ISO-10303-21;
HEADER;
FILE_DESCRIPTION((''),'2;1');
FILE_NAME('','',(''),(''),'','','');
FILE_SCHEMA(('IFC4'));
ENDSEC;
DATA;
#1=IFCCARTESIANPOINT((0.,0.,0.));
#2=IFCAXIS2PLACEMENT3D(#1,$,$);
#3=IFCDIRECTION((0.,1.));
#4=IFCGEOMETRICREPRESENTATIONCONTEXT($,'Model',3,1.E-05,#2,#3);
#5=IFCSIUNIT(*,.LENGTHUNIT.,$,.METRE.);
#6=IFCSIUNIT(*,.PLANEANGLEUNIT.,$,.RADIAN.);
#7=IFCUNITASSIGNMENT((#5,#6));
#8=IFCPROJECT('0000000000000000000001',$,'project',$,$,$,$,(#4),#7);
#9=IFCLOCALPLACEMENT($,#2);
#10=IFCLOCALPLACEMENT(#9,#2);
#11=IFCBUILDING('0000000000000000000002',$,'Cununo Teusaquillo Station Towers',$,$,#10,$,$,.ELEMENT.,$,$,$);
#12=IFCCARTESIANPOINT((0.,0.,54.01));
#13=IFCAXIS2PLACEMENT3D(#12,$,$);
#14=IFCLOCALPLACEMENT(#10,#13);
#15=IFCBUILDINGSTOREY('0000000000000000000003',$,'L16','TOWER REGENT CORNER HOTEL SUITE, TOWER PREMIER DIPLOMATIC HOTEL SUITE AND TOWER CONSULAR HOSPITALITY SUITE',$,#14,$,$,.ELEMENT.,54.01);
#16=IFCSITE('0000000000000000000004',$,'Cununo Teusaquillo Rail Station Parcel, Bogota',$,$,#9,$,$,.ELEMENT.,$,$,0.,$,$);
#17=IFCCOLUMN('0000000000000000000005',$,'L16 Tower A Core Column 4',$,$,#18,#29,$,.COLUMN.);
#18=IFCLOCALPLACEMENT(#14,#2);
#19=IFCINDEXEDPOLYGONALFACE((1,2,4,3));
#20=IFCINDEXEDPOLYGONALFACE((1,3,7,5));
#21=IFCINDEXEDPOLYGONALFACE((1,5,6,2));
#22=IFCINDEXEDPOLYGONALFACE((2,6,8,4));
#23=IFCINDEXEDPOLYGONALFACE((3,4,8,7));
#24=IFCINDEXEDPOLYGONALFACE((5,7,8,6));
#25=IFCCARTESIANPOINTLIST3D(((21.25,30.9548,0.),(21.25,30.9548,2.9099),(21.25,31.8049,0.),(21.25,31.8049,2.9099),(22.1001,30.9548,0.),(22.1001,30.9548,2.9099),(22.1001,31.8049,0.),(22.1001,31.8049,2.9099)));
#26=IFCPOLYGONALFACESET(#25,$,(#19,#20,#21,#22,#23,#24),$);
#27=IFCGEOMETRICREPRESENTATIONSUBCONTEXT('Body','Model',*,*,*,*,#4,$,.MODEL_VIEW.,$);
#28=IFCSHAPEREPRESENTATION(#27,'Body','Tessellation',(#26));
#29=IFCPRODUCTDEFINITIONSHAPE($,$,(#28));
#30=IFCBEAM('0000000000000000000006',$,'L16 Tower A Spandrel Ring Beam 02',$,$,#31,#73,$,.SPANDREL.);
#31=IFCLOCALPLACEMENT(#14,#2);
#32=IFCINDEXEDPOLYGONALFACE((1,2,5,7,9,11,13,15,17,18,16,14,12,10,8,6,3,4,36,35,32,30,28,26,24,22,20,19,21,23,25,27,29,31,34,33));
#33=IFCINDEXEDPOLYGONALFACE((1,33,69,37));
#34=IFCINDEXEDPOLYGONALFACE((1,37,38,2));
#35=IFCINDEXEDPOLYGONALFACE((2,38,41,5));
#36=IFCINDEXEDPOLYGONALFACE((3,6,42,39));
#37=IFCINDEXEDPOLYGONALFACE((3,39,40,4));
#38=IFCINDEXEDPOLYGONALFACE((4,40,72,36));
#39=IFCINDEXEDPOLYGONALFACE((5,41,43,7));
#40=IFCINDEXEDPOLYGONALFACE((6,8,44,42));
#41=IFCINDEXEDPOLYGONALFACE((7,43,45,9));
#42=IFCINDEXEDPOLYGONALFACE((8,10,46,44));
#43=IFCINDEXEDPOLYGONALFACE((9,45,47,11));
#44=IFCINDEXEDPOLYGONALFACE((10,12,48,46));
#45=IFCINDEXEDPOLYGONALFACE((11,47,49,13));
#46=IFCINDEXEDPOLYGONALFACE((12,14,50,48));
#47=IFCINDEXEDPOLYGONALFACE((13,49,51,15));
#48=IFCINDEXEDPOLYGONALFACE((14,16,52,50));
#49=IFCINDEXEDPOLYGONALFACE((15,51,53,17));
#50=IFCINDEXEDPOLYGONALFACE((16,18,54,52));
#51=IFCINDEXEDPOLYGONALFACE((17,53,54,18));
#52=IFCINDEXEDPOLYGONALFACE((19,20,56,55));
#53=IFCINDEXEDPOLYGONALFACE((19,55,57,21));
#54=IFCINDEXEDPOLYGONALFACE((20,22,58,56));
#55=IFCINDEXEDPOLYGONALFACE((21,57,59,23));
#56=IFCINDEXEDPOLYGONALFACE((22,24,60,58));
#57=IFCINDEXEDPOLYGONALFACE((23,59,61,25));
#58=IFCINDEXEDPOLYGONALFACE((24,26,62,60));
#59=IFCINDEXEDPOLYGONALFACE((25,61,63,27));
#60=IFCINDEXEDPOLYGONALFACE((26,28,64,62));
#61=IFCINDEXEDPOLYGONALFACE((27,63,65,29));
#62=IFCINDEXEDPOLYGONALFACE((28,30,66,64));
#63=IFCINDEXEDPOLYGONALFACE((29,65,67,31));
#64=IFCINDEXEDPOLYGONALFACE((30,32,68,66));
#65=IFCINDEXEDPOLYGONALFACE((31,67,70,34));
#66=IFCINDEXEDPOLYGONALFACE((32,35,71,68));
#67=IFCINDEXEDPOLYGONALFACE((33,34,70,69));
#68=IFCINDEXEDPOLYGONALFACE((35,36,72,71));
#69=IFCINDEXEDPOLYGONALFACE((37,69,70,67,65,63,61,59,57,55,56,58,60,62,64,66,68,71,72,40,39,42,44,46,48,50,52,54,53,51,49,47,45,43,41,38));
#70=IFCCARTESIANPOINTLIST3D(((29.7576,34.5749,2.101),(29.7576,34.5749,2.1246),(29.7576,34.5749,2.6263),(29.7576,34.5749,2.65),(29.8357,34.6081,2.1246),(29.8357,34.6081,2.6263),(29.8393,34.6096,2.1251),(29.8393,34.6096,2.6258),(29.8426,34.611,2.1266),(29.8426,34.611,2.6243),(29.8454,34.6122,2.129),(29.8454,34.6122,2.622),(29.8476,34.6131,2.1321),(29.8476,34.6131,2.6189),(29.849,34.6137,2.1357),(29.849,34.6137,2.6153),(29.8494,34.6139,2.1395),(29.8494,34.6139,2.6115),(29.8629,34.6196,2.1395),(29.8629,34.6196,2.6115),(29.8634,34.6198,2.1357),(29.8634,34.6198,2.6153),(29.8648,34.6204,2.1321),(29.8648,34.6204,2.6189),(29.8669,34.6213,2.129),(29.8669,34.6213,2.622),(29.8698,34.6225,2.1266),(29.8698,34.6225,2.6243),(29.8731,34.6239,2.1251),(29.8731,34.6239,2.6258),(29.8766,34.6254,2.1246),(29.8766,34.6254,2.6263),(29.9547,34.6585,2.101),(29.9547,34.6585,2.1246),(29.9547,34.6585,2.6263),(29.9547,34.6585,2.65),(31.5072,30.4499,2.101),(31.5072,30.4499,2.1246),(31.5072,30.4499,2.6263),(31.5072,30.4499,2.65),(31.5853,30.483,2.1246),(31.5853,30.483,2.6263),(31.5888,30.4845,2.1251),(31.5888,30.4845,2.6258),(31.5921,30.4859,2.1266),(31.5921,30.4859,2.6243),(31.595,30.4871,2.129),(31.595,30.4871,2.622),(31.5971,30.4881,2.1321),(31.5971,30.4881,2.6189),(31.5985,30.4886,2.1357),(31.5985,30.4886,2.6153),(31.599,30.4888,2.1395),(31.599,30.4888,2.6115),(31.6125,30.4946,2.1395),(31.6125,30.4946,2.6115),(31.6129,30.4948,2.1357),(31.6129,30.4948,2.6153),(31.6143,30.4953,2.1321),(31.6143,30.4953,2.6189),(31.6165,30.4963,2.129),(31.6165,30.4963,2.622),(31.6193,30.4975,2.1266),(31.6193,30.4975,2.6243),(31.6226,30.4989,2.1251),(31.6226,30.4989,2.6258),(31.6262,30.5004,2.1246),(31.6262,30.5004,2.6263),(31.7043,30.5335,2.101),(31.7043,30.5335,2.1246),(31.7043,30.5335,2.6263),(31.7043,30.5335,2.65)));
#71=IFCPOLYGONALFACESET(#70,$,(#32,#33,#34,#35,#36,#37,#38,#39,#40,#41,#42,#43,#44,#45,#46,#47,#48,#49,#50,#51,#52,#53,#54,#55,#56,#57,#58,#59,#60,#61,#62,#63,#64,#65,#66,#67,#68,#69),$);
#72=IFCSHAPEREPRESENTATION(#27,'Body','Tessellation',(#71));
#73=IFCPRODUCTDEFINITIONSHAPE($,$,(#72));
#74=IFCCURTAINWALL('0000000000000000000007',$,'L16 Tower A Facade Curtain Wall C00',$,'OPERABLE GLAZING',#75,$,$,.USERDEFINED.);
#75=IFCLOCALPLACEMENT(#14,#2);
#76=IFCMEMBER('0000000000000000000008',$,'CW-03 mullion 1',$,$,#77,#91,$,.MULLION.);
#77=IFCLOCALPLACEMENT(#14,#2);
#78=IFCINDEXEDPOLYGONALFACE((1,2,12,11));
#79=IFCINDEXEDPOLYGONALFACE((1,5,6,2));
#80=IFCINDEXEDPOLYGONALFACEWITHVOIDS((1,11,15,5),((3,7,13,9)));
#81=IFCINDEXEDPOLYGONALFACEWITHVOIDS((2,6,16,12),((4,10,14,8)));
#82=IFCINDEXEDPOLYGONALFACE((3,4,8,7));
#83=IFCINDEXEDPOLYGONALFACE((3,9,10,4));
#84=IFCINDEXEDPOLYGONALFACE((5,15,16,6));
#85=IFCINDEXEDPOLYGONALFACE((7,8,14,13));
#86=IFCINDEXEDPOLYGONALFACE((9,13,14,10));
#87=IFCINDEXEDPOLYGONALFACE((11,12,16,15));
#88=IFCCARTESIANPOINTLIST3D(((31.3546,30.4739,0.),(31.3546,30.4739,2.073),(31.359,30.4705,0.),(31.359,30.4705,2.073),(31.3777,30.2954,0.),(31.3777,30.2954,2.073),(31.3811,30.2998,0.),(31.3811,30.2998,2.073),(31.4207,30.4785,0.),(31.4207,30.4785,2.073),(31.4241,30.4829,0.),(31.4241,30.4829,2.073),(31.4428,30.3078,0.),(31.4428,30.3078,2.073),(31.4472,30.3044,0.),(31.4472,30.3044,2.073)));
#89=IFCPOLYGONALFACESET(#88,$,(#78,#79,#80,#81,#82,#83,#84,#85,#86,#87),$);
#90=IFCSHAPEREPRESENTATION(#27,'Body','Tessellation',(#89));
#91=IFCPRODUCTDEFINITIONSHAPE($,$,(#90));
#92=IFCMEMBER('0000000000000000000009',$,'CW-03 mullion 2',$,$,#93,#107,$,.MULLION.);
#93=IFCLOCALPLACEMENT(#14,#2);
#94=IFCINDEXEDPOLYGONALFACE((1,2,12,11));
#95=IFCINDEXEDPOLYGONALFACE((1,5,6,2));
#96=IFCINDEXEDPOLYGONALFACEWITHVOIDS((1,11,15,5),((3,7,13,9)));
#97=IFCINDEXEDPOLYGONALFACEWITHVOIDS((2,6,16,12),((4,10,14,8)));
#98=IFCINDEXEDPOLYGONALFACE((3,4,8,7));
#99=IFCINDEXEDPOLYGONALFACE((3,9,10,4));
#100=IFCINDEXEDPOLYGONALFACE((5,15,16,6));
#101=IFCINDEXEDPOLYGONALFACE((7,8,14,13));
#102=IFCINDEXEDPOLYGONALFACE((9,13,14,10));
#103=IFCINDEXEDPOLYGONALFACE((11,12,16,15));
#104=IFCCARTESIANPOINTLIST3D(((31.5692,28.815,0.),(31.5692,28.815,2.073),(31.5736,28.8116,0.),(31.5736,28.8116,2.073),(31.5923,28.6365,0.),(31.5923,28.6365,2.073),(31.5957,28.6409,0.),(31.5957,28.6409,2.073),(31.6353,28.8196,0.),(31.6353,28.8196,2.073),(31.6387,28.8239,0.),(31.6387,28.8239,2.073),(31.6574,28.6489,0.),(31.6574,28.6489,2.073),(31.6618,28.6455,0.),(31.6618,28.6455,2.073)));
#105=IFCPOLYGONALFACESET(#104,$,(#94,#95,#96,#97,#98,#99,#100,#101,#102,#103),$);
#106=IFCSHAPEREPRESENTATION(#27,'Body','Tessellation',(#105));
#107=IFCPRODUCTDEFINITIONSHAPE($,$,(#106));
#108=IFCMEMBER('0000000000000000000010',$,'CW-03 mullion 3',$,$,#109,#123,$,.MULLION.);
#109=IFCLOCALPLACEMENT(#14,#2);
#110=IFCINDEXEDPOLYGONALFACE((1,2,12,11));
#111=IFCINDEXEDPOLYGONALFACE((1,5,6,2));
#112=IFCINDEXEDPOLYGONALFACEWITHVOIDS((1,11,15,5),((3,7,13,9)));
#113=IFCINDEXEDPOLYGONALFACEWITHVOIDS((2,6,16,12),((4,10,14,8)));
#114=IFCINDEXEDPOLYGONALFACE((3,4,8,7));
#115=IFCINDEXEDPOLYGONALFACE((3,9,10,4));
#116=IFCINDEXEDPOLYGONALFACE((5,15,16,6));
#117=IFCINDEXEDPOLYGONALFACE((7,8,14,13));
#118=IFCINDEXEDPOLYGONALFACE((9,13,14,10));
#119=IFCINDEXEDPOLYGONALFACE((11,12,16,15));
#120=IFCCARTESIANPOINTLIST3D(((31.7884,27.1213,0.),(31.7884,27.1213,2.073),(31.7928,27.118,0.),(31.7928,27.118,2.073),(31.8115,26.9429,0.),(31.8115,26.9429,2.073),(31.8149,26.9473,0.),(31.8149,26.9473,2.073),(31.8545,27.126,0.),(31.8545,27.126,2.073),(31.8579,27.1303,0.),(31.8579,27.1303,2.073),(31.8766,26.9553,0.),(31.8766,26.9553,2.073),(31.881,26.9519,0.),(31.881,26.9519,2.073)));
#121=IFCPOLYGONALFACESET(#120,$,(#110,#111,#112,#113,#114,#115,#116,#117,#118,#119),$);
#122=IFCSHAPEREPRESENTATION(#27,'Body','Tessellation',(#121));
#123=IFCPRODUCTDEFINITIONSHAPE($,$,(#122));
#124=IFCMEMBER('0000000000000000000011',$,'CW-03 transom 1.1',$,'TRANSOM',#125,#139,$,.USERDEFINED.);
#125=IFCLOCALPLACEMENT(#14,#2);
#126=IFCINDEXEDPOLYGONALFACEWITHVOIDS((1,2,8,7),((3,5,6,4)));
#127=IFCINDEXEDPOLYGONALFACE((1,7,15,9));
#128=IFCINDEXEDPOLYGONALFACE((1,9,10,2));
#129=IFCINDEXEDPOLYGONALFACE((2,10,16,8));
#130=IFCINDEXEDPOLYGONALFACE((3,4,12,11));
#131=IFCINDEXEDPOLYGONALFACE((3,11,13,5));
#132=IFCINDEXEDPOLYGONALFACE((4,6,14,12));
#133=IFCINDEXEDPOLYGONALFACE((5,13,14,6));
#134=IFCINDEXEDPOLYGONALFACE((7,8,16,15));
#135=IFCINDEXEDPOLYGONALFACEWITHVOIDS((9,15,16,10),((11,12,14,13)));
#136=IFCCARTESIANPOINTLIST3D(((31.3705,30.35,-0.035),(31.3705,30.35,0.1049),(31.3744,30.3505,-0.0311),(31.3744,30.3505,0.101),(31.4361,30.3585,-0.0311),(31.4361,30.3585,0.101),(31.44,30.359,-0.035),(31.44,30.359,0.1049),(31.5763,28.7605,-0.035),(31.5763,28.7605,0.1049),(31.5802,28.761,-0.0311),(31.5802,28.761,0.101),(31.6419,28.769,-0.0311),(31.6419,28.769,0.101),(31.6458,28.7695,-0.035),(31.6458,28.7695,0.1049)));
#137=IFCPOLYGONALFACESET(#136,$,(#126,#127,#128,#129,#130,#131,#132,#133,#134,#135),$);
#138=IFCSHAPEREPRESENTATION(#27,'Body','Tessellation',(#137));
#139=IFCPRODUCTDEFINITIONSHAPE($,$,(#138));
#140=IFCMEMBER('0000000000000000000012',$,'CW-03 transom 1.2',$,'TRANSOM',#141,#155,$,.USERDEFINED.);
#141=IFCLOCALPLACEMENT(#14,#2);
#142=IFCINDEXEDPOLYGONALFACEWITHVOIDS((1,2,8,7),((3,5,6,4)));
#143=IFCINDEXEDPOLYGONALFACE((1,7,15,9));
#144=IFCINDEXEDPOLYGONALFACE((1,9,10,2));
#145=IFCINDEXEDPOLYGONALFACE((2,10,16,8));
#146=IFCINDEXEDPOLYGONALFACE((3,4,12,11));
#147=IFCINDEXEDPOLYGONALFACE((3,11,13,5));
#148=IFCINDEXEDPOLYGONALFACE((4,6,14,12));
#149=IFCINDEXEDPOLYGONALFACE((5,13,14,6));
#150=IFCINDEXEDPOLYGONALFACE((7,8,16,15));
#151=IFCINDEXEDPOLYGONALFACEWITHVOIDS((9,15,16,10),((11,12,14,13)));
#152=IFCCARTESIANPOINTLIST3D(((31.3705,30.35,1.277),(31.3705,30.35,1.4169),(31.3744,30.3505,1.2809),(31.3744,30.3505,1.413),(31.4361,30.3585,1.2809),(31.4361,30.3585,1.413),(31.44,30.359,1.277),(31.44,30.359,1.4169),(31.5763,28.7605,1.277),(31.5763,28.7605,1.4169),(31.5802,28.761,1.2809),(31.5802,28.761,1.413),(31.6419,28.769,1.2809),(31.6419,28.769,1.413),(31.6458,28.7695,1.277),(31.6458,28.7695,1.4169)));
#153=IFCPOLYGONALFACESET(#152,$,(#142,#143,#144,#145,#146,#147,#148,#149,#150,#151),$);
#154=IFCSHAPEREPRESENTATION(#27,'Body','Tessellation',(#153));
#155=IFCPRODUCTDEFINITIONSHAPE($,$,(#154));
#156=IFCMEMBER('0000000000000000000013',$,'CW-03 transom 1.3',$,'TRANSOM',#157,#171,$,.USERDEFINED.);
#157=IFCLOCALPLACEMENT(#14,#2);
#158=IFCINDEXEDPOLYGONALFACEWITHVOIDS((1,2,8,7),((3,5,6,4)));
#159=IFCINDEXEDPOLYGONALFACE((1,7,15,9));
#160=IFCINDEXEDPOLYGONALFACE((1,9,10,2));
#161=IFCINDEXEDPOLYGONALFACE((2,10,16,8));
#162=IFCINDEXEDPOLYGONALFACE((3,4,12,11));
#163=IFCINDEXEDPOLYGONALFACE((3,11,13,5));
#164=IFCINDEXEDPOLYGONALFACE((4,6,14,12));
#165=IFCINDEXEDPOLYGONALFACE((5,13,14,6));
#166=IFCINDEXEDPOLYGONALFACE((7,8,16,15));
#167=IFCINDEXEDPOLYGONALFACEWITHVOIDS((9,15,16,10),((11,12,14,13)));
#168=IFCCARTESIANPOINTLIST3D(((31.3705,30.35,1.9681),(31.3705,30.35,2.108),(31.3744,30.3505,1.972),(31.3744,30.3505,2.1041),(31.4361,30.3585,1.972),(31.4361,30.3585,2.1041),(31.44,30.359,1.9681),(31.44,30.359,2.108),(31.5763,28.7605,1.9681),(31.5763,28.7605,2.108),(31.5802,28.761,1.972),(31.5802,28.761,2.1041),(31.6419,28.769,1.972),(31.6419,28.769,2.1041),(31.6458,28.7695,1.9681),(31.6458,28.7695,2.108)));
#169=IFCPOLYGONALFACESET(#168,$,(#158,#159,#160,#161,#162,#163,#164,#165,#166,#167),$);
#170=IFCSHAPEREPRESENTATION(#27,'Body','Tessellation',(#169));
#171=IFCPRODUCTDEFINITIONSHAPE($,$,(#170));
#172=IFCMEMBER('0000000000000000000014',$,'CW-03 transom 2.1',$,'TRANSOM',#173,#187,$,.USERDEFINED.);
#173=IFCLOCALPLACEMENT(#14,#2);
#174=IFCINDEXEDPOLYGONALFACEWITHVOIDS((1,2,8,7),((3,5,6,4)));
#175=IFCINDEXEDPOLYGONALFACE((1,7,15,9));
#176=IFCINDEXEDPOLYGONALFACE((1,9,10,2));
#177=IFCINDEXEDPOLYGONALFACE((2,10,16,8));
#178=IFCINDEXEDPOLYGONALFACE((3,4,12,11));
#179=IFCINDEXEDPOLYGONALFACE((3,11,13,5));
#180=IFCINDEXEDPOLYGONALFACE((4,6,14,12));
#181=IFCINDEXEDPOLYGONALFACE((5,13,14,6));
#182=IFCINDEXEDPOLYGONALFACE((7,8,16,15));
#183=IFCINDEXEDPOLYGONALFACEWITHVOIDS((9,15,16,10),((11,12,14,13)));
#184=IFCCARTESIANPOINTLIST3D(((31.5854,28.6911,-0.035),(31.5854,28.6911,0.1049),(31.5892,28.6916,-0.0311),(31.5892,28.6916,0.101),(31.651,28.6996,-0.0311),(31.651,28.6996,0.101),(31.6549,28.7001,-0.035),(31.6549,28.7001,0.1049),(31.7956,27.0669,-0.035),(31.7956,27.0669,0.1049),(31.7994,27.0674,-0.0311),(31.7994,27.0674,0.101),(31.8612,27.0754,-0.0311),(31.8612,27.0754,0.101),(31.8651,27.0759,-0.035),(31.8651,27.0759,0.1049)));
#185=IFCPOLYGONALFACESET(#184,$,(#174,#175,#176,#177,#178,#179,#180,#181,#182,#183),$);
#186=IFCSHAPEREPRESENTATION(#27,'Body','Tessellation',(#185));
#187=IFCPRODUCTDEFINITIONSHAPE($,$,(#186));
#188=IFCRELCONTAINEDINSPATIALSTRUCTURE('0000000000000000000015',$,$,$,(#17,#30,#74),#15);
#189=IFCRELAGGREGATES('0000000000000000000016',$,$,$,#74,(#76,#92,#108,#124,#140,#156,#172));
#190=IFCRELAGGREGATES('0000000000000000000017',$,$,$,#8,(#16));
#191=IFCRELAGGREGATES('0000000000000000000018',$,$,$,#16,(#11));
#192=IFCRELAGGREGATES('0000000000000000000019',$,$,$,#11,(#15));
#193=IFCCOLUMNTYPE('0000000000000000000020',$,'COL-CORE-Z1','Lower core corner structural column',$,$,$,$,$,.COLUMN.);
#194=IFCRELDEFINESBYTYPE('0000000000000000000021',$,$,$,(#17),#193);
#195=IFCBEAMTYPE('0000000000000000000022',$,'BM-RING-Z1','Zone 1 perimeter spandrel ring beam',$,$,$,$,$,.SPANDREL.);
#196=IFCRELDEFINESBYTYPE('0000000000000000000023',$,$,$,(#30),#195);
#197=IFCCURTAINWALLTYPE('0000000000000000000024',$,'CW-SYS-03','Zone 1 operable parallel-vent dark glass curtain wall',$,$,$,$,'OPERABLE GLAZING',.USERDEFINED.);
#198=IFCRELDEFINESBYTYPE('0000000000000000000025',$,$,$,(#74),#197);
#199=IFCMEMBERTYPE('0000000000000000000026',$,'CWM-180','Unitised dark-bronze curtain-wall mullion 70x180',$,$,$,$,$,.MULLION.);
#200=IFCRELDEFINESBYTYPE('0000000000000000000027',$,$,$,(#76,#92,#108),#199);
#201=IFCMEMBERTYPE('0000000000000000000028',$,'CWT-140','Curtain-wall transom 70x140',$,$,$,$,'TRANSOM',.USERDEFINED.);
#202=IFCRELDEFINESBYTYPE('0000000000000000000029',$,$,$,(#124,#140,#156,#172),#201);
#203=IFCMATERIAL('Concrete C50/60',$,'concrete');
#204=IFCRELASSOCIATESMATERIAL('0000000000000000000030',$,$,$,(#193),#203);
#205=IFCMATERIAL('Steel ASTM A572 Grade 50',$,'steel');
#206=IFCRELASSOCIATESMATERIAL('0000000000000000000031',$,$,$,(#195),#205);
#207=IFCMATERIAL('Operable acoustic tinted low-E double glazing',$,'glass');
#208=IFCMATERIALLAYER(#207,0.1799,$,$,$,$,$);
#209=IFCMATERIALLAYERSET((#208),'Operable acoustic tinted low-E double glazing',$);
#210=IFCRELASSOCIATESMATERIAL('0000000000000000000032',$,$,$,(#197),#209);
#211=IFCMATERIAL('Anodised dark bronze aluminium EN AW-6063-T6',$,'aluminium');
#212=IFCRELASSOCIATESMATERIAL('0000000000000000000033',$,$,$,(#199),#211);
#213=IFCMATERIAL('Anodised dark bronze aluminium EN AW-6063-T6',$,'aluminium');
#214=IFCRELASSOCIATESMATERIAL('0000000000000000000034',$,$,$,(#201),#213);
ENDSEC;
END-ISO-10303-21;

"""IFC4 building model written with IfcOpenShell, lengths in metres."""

from ifc_helpers import new_model, si_unit, direction, frame, origin, origin_2d, place, context, subcontext, project, spatial, rectangle, hollow_rectangle, i_section, extrude, material, layer, layer_set, material_profile, profile_set, type_object, element, aggregate, save


model = new_model("IFC4")

# Units and contexts
model_context = context("Model", 3, precision=1e-05, world=origin(), true_north=direction((0.0, 1.0)))
body_context = subcontext(model_context, "Body", "Model", "MODEL_VIEW")
ifc_project = project(units=[si_unit("LENGTHUNIT", "METRE"), si_unit("PLANEANGLEUNIT", "RADIAN")], contexts=[model_context])

# Site, building, storey
site_placement = place(None, origin())
site = spatial("IfcSite", under=ifc_project, at=site_placement, Name="Cununo Teusaquillo Rail Station Parcel, Bogota", CompositionType="ELEMENT", RefElevation=0.0)
building_placement = place(site_placement, origin())
building = spatial("IfcBuilding", under=site, at=building_placement, Name="Cununo Teusaquillo Station Towers", CompositionType="ELEMENT")
storey_placement = place(building_placement, frame((0.0, 0.0, 54.01)))
storey = spatial("IfcBuildingStorey", under=building, at=storey_placement, Name="L16", Description="TOWER REGENT CORNER HOTEL SUITE, TOWER PREMIER DIPLOMATIC HOTEL SUITE AND TOWER CONSULAR HOSPITALITY SUITE", CompositionType="ELEMENT", Elevation=54.01)

# Column
ifc_material_1 = material(Name="Concrete C50/60", Category="concrete")
ifc_material_profile_1 = material_profile(ifc_material_1, rectangle(XDim=0.8501, YDim=0.8501, at=origin_2d()), Name="RC-RECT-850x850")
ifc_profile_set_1 = profile_set([ifc_material_profile_1], Name="Concrete C50/60")
column_type = type_object("IfcColumnType", Name="COL-CORE-Z1", Description="Lower core corner structural column", PredefinedType="COLUMN", material=ifc_profile_set_1)
column_placement = place(storey_placement, frame((21.675, 31.3799, 0.0), z_axis=(0.0, 0.0, 1.0), x_axis=(1.0, 0.0, 0.0)))
element("IfcColumn", 1, at=column_placement, inside=storey, type_object=column_type, Name="L16 Tower A Core Column 4", PredefinedType="COLUMN", context=body_context, shape_type="SweptSolid", body=[
    extrude(rectangle(XDim=0.8501, YDim=0.8501, at=origin_2d()), origin(), (0.0, 0.0, 1.0), 2.9099),
])

# Beam
ifc_material_2 = material(Name="Steel ASTM A572 Grade 50", Category="steel")
ifc_material_profile_2 = material_profile(ifc_material_2, i_section(OverallWidth=0.2141, OverallDepth=0.5491, WebThickness=0.0146, FlangeThickness=0.0237, FilletRadius=0.0149, at=origin_2d()), Name="W21X93")
ifc_profile_set_2 = profile_set([ifc_material_profile_2], Name="Steel ASTM A572 Grade 50")
beam_type = type_object("IfcBeamType", Name="BM-RING-Z1", Description="Zone 1 perimeter spandrel ring beam", PredefinedType="SPANDREL", material=ifc_profile_set_2)
beam_placement = place(storey_placement, frame((31.6057, 30.4917, 2.3755), z_axis=(-0.390457, 0.920621, 0.0), x_axis=(-0.920621, -0.390457, 0.0)))
element("IfcBeam", 2, at=beam_placement, inside=storey, type_object=beam_type, Name="L16 Tower A Spandrel Ring Beam 02", PredefinedType="SPANDREL", context=body_context, shape_type="SweptSolid", body=[
    extrude(i_section(OverallWidth=0.2141, OverallDepth=0.5491, WebThickness=0.0146, FlangeThickness=0.0237, FilletRadius=0.0149, at=origin_2d()), origin(), (0.0, 0.0, 1.0), 4.4807),
])

# Curtain wall, members
ifc_material_3 = material(Name="Operable acoustic tinted low-E double glazing", Category="glass")
ifc_layer_1 = layer(ifc_material_3, 0.1799)
ifc_layer_set_1 = layer_set([ifc_layer_1], Name="Operable acoustic tinted low-E double glazing")
curtain_wall_type = type_object("IfcCurtainWallType", Name="CW-SYS-03", Description="Zone 1 operable parallel-vent dark glass curtain wall", ElementType="OPERABLE GLAZING", PredefinedType="USERDEFINED", material=ifc_layer_set_1)
curtain_wall_placement = place(storey_placement, origin())
curtain_wall = element("IfcCurtainWall", 3, at=curtain_wall_placement, inside=storey, type_object=curtain_wall_type, Name="L16 Tower A Facade Curtain Wall C00", ObjectType="OPERABLE GLAZING", PredefinedType="USERDEFINED")
ifc_material_4 = material(Name="Anodised dark bronze aluminium EN AW-6063-T6", Category="aluminium")
ifc_material_profile_3 = material_profile(ifc_material_4, hollow_rectangle(XDim=0.0701, YDim=0.1799, WallThickness=0.0039, at=origin_2d()), Name="CW-MULL-70x180")
ifc_profile_set_3 = profile_set([ifc_material_profile_3], Name="Anodised dark bronze aluminium EN AW-6063-T6")
member_type_1 = type_object("IfcMemberType", Name="CWM-180", Description="Unitised dark-bronze curtain-wall mullion 70x180", PredefinedType="MULLION", material=ifc_profile_set_3)
member_1_placement = place(storey_placement, frame((31.4009, 30.3892, 0.0), z_axis=(0.0, 0.0, 1.0), x_axis=(0.991731, 0.128336, 0.0)))
member_1 = element("IfcMember", 4, at=member_1_placement, type_object=member_type_1, Name="CW-03 mullion 1", PredefinedType="MULLION", context=body_context, shape_type="SweptSolid", body=[
    extrude(hollow_rectangle(XDim=0.0701, YDim=0.1799, WallThickness=0.0039, at=origin_2d()), origin(), (0.0, 0.0, 1.0), 2.073),
])
member_2_placement = place(storey_placement, frame((31.6155, 28.7302, 0.0), z_axis=(0.0, 0.0, 1.0), x_axis=(0.991731, 0.128336, 0.0)))
member_2 = element("IfcMember", 5, at=member_2_placement, type_object=member_type_1, Name="CW-03 mullion 2", PredefinedType="MULLION", context=body_context, shape_type="SweptSolid", body=[
    extrude(hollow_rectangle(XDim=0.0701, YDim=0.1799, WallThickness=0.0039, at=origin_2d()), origin(), (0.0, 0.0, 1.0), 2.073),
])
member_3_placement = place(storey_placement, frame((31.8347, 27.0366, 0.0), z_axis=(0.0, 0.0, 1.0), x_axis=(0.991731, 0.128336, 0.0)))
member_3 = element("IfcMember", 6, at=member_3_placement, type_object=member_type_1, Name="CW-03 mullion 3", PredefinedType="MULLION", context=body_context, shape_type="SweptSolid", body=[
    extrude(hollow_rectangle(XDim=0.0701, YDim=0.1799, WallThickness=0.0039, at=origin_2d()), origin(), (0.0, 0.0, 1.0), 2.073),
])
ifc_material_5 = material(Name="Anodised dark bronze aluminium EN AW-6063-T6", Category="aluminium")
ifc_material_profile_4 = material_profile(ifc_material_5, hollow_rectangle(XDim=0.0701, YDim=0.1399, WallThickness=0.0039, at=origin_2d()), Name="CW-TRAN-70x140")
ifc_profile_set_4 = profile_set([ifc_material_profile_4], Name="Anodised dark bronze aluminium EN AW-6063-T6")
member_type_2 = type_object("IfcMemberType", Name="CWT-140", Description="Curtain-wall transom 70x140", ElementType="TRANSOM", PredefinedType="USERDEFINED", material=ifc_profile_set_4)
member_4_placement = place(storey_placement, frame((31.4053, 30.3545, 0.0349), z_axis=(0.128401, -0.991722, 0.0), x_axis=(0.991722, 0.128401, 0.0)))
member_4 = element("IfcMember", 7, at=member_4_placement, type_object=member_type_2, Name="CW-03 transom 1.1", ObjectType="TRANSOM", PredefinedType="USERDEFINED", context=body_context, shape_type="SweptSolid", body=[
    extrude(hollow_rectangle(XDim=0.0701, YDim=0.1399, WallThickness=0.0039, at=origin_2d()), origin(), (0.0, 0.0, 1.0), 1.6028),
])
member_5_placement = place(storey_placement, frame((31.4053, 30.3545, 1.3469), z_axis=(0.128401, -0.991722, 0.0), x_axis=(0.991722, 0.128401, 0.0)))
member_5 = element("IfcMember", 8, at=member_5_placement, type_object=member_type_2, Name="CW-03 transom 1.2", ObjectType="TRANSOM", PredefinedType="USERDEFINED", context=body_context, shape_type="SweptSolid", body=[
    extrude(hollow_rectangle(XDim=0.0701, YDim=0.1399, WallThickness=0.0039, at=origin_2d()), origin(), (0.0, 0.0, 1.0), 1.6028),
])
member_6_placement = place(storey_placement, frame((31.4053, 30.3545, 2.0381), z_axis=(0.128401, -0.991722, 0.0), x_axis=(0.991722, 0.128401, 0.0)))
member_6 = element("IfcMember", 9, at=member_6_placement, type_object=member_type_2, Name="CW-03 transom 1.3", ObjectType="TRANSOM", PredefinedType="USERDEFINED", context=body_context, shape_type="SweptSolid", body=[
    extrude(hollow_rectangle(XDim=0.0701, YDim=0.1399, WallThickness=0.0039, at=origin_2d()), origin(), (0.0, 0.0, 1.0), 1.6028),
])
member_7_placement = place(storey_placement, frame((31.6201, 28.6956, 0.0349), z_axis=(0.128345, -0.99173, 0.0), x_axis=(0.99173, 0.128345, 0.0)))
member_7 = element("IfcMember", 10, at=member_7_placement, type_object=member_type_2, Name="CW-03 transom 2.1", ObjectType="TRANSOM", PredefinedType="USERDEFINED", context=body_context, shape_type="SweptSolid", body=[
    extrude(hollow_rectangle(XDim=0.0701, YDim=0.1399, WallThickness=0.0039, at=origin_2d()), origin(), (0.0, 0.0, 1.0), 1.6377),
])
aggregate(curtain_wall, [member_1, member_2, member_3, member_4, member_5, member_6, member_7])

save(model, "model.ifc")
